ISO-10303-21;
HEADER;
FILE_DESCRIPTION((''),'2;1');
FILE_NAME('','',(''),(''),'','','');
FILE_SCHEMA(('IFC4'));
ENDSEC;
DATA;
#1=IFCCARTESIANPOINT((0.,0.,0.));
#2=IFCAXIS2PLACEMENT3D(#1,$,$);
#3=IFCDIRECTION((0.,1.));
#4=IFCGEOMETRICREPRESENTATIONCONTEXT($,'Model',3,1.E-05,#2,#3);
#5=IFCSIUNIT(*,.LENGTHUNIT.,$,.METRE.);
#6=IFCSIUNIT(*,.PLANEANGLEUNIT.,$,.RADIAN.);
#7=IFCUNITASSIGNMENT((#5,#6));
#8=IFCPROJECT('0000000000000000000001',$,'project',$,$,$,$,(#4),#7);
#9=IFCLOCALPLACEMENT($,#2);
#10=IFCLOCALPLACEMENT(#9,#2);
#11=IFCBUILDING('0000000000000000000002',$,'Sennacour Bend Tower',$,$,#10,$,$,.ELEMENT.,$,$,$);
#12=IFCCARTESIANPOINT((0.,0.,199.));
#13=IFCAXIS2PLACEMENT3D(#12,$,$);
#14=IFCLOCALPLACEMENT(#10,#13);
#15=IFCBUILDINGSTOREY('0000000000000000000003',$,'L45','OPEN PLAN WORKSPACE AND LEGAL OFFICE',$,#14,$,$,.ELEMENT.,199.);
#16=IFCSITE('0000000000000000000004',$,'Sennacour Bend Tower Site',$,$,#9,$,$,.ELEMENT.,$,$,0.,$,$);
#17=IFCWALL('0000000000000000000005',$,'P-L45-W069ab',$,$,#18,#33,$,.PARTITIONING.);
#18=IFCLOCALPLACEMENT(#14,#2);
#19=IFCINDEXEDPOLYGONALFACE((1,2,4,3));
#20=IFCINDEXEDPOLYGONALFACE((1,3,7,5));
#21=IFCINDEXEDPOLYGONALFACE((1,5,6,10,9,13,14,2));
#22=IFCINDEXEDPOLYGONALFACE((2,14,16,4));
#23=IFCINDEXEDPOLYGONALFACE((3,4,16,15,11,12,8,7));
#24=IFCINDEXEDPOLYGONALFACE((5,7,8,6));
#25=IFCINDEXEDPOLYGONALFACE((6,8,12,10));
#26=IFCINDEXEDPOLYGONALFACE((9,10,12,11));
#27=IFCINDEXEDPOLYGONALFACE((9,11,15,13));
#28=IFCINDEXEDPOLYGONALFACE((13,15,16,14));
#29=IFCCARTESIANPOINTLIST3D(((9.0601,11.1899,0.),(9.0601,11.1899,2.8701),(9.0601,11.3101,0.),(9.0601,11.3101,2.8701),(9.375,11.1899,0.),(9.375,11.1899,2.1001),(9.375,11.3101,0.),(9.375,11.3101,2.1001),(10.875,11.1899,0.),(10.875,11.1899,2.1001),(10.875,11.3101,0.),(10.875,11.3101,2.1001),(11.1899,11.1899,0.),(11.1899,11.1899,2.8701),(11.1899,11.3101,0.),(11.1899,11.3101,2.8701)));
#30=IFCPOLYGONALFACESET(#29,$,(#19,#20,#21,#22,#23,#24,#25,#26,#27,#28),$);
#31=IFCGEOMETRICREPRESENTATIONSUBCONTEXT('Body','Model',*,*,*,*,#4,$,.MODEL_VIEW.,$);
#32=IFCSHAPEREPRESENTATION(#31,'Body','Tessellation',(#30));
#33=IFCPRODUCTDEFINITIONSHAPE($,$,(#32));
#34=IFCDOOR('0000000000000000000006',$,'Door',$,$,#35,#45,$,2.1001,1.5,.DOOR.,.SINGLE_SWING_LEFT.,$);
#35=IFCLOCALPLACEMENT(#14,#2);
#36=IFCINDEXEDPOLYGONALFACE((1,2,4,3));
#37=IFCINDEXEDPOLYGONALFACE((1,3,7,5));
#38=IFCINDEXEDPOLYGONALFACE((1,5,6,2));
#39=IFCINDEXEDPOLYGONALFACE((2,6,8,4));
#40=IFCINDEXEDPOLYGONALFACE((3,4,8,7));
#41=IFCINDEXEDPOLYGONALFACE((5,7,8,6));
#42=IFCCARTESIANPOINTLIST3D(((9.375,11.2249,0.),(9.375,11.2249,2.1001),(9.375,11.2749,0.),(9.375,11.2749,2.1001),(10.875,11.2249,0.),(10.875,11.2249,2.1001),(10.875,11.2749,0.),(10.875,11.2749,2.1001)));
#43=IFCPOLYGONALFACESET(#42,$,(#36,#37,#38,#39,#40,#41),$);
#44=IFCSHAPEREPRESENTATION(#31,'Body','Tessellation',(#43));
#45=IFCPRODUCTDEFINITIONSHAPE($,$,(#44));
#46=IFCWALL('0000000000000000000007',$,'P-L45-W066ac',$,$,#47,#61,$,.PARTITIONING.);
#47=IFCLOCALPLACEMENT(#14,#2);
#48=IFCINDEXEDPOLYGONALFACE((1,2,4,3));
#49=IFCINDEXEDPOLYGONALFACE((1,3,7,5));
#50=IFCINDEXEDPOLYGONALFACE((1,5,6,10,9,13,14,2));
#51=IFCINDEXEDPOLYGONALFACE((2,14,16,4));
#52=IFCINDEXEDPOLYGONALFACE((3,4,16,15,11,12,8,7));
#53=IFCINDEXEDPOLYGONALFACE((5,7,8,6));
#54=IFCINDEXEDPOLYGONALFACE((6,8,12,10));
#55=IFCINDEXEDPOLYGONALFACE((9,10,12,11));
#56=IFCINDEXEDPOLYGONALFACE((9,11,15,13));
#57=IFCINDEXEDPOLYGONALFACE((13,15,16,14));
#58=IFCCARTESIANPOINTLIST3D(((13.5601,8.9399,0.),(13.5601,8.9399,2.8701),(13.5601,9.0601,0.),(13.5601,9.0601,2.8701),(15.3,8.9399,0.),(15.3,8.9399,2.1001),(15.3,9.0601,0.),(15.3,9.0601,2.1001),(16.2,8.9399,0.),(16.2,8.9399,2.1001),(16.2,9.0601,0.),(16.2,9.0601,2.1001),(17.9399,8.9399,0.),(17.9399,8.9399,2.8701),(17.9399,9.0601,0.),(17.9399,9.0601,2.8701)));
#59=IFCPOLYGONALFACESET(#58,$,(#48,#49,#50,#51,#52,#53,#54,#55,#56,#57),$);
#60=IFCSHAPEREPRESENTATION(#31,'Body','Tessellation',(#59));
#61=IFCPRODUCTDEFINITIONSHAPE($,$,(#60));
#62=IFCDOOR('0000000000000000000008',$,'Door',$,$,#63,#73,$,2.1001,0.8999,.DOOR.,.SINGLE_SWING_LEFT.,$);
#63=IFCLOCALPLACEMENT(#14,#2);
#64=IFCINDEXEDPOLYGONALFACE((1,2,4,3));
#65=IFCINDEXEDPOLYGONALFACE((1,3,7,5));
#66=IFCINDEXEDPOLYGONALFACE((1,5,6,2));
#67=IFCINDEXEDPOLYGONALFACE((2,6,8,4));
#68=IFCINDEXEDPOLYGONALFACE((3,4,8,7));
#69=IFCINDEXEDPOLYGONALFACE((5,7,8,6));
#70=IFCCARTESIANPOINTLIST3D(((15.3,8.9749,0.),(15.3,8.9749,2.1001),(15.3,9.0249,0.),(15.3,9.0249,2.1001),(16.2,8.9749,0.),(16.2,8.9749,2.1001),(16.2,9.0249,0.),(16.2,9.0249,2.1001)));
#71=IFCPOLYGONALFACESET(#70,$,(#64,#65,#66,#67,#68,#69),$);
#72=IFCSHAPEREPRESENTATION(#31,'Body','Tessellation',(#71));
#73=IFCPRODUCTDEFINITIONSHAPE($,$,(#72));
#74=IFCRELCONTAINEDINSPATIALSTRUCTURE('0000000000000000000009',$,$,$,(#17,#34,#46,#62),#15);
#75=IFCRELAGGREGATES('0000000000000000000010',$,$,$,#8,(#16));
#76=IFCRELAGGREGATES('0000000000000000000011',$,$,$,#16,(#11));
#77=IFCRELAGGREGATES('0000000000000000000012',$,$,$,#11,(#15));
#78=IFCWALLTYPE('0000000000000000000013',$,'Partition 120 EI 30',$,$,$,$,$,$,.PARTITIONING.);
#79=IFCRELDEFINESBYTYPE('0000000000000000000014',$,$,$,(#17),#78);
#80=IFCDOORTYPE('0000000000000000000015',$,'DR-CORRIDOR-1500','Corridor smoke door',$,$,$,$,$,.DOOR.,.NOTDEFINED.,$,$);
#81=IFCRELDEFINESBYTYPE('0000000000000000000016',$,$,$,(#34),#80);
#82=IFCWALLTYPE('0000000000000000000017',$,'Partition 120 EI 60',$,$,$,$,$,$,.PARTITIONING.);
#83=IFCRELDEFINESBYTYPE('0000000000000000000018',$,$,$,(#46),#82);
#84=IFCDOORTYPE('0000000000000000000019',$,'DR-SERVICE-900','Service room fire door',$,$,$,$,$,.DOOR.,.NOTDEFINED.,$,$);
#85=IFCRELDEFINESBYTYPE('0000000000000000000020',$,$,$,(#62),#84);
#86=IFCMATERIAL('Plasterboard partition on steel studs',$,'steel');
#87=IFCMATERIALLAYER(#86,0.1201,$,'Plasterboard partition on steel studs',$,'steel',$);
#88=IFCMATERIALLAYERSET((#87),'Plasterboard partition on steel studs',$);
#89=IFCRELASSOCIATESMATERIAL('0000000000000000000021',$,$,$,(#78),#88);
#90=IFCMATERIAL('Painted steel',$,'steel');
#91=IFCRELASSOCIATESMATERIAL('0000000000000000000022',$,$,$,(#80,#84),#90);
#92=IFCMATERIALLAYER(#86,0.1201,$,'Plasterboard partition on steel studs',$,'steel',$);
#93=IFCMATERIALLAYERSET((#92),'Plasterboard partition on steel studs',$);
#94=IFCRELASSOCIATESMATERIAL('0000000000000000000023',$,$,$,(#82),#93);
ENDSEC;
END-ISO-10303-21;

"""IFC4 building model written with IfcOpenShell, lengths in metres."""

from ifc_helpers import new_model, si_unit, direction, frame, frame_2d, origin, place, context, subcontext, project, spatial, rectangle, extrude, material, layer, layer_set, type_object, element, fill, save


model = new_model("IFC4")

# Units and contexts
model_context = context("Model", 3, precision=1e-05, world=origin(), true_north=direction((0.0, 1.0)))
body_context = subcontext(model_context, "Body", "Model", "MODEL_VIEW")
ifc_project = project(units=[si_unit("LENGTHUNIT", "METRE"), si_unit("PLANEANGLEUNIT", "RADIAN")], contexts=[model_context])

# Site, building, storey
site_placement = place(None, origin())
site = spatial("IfcSite", under=ifc_project, at=site_placement, Name="Sennacour Bend Tower Site", CompositionType="ELEMENT", RefElevation=0.0)
building_placement = place(site_placement, origin())
building = spatial("IfcBuilding", under=site, at=building_placement, Name="Sennacour Bend Tower", CompositionType="ELEMENT")
storey_placement = place(building_placement, frame((0.0, 0.0, 199.0)))
storey = spatial("IfcBuildingStorey", under=building, at=storey_placement, Name="L45", Description="OPEN PLAN WORKSPACE AND LEGAL OFFICE", CompositionType="ELEMENT", Elevation=199.0)

# Shared definitions
ifc_material_1 = material(Name="Plasterboard partition on steel studs", Category="steel")

# Walls, openings, doors
ifc_layer_1 = layer(ifc_material_1, 0.1201, Name="Plasterboard partition on steel studs", Category="steel")
ifc_layer_set_1 = layer_set([ifc_layer_1], Name="Plasterboard partition on steel studs")
wall_type_1 = type_object("IfcWallType", Name="Partition 120 EI 30", PredefinedType="PARTITIONING", material=ifc_layer_set_1)
wall_1_placement = place(storey_placement, frame((9.0601, 11.25, 0.0), z_axis=(0.0, 0.0, 1.0), x_axis=(1.0, 0.0, 0.0)))
wall_1 = element("IfcWall", 1, at=wall_1_placement, inside=storey, type_object=wall_type_1, Name="P-L45-W069ab", PredefinedType="PARTITIONING", context=body_context, shape_type="SweptSolid", body=[
    extrude(rectangle(XDim=2.1299, YDim=0.1201, at=frame_2d((1.0649, 0.0))), origin(), (0.0, 0.0, 1.0), 2.8701),
])
opening_1_placement = place(wall_1_placement, frame((0.3149, 0.0, 0.0)))
opening_1 = element("IfcOpeningElement", 2, at=opening_1_placement, cuts=wall_1, PredefinedType="OPENING", context=body_context, shape_type="SweptSolid", body=[
    extrude(rectangle(XDim=1.5, YDim=2.1001, at=frame_2d((0.75, 1.05))), frame((0.0, 0.0701, 0.0), z_axis=(0.0, -1.0, 0.0), x_axis=(1.0, 0.0, 0.0)), (0.0, 0.0, 1.0), 0.1401),
])
ifc_material_2 = material(Name="Painted steel", Category="steel")
door_type_1 = type_object("IfcDoorType", Name="DR-CORRIDOR-1500", Description="Corridor smoke door", OperationType="NOTDEFINED", PredefinedType="DOOR", material=ifc_material_2)
door_1_placement = place(opening_1_placement, origin())
door_1 = element("IfcDoor", 3, at=door_1_placement, inside=storey, type_object=door_type_1, Name="Door", OperationType="SINGLE_SWING_LEFT", OverallHeight=2.1001, OverallWidth=1.5, PredefinedType="DOOR", context=body_context, shape_type="SweptSolid", body=[
    extrude(rectangle(XDim=1.5, YDim=2.1001, at=frame_2d((0.75, 1.05))), frame((0.0, 0.0249, 0.0), z_axis=(0.0, -1.0, 0.0), x_axis=(1.0, 0.0, 0.0)), (0.0, 0.0, 1.0), 0.05),
])
fill(opening_1, door_1)
ifc_layer_2 = layer(ifc_material_1, 0.1201, Name="Plasterboard partition on steel studs", Category="steel")
ifc_layer_set_2 = layer_set([ifc_layer_2], Name="Plasterboard partition on steel studs")
wall_type_2 = type_object("IfcWallType", Name="Partition 120 EI 60", PredefinedType="PARTITIONING", material=ifc_layer_set_2)
wall_2_placement = place(storey_placement, frame((13.5601, 9.0, 0.0), z_axis=(0.0, 0.0, 1.0), x_axis=(1.0, 0.0, 0.0)))
wall_2 = element("IfcWall", 4, at=wall_2_placement, inside=storey, type_object=wall_type_2, Name="P-L45-W066ac", PredefinedType="PARTITIONING", context=body_context, shape_type="SweptSolid", body=[
    extrude(rectangle(XDim=4.3799, YDim=0.1201, at=frame_2d((2.1899, 0.0))), origin(), (0.0, 0.0, 1.0), 2.8701),
])
opening_2_placement = place(wall_2_placement, frame((1.74, 0.0, 0.0)))
opening_2 = element("IfcOpeningElement", 5, at=opening_2_placement, cuts=wall_2, PredefinedType="OPENING", context=body_context, shape_type="SweptSolid", body=[
    extrude(rectangle(XDim=0.8999, YDim=2.1001, at=frame_2d((0.45, 1.05))), frame((0.0, 0.0701, 0.0), z_axis=(0.0, -1.0, 0.0), x_axis=(1.0, 0.0, 0.0)), (0.0, 0.0, 1.0), 0.1401),
])
door_type_2 = type_object("IfcDoorType", Name="DR-SERVICE-900", Description="Service room fire door", OperationType="NOTDEFINED", PredefinedType="DOOR", material=ifc_material_2)
door_2_placement = place(opening_2_placement, origin())
door_2 = element("IfcDoor", 6, at=door_2_placement, inside=storey, type_object=door_type_2, Name="Door", OperationType="SINGLE_SWING_LEFT", OverallHeight=2.1001, OverallWidth=0.8999, PredefinedType="DOOR", context=body_context, shape_type="SweptSolid", body=[
    extrude(rectangle(XDim=0.8999, YDim=2.1001, at=frame_2d((0.45, 1.05))), frame((0.0, 0.0249, 0.0), z_axis=(0.0, -1.0, 0.0), x_axis=(1.0, 0.0, 0.0)), (0.0, 0.0, 1.0), 0.05),
])
fill(opening_2, door_2)

save(model, "model.ifc")
